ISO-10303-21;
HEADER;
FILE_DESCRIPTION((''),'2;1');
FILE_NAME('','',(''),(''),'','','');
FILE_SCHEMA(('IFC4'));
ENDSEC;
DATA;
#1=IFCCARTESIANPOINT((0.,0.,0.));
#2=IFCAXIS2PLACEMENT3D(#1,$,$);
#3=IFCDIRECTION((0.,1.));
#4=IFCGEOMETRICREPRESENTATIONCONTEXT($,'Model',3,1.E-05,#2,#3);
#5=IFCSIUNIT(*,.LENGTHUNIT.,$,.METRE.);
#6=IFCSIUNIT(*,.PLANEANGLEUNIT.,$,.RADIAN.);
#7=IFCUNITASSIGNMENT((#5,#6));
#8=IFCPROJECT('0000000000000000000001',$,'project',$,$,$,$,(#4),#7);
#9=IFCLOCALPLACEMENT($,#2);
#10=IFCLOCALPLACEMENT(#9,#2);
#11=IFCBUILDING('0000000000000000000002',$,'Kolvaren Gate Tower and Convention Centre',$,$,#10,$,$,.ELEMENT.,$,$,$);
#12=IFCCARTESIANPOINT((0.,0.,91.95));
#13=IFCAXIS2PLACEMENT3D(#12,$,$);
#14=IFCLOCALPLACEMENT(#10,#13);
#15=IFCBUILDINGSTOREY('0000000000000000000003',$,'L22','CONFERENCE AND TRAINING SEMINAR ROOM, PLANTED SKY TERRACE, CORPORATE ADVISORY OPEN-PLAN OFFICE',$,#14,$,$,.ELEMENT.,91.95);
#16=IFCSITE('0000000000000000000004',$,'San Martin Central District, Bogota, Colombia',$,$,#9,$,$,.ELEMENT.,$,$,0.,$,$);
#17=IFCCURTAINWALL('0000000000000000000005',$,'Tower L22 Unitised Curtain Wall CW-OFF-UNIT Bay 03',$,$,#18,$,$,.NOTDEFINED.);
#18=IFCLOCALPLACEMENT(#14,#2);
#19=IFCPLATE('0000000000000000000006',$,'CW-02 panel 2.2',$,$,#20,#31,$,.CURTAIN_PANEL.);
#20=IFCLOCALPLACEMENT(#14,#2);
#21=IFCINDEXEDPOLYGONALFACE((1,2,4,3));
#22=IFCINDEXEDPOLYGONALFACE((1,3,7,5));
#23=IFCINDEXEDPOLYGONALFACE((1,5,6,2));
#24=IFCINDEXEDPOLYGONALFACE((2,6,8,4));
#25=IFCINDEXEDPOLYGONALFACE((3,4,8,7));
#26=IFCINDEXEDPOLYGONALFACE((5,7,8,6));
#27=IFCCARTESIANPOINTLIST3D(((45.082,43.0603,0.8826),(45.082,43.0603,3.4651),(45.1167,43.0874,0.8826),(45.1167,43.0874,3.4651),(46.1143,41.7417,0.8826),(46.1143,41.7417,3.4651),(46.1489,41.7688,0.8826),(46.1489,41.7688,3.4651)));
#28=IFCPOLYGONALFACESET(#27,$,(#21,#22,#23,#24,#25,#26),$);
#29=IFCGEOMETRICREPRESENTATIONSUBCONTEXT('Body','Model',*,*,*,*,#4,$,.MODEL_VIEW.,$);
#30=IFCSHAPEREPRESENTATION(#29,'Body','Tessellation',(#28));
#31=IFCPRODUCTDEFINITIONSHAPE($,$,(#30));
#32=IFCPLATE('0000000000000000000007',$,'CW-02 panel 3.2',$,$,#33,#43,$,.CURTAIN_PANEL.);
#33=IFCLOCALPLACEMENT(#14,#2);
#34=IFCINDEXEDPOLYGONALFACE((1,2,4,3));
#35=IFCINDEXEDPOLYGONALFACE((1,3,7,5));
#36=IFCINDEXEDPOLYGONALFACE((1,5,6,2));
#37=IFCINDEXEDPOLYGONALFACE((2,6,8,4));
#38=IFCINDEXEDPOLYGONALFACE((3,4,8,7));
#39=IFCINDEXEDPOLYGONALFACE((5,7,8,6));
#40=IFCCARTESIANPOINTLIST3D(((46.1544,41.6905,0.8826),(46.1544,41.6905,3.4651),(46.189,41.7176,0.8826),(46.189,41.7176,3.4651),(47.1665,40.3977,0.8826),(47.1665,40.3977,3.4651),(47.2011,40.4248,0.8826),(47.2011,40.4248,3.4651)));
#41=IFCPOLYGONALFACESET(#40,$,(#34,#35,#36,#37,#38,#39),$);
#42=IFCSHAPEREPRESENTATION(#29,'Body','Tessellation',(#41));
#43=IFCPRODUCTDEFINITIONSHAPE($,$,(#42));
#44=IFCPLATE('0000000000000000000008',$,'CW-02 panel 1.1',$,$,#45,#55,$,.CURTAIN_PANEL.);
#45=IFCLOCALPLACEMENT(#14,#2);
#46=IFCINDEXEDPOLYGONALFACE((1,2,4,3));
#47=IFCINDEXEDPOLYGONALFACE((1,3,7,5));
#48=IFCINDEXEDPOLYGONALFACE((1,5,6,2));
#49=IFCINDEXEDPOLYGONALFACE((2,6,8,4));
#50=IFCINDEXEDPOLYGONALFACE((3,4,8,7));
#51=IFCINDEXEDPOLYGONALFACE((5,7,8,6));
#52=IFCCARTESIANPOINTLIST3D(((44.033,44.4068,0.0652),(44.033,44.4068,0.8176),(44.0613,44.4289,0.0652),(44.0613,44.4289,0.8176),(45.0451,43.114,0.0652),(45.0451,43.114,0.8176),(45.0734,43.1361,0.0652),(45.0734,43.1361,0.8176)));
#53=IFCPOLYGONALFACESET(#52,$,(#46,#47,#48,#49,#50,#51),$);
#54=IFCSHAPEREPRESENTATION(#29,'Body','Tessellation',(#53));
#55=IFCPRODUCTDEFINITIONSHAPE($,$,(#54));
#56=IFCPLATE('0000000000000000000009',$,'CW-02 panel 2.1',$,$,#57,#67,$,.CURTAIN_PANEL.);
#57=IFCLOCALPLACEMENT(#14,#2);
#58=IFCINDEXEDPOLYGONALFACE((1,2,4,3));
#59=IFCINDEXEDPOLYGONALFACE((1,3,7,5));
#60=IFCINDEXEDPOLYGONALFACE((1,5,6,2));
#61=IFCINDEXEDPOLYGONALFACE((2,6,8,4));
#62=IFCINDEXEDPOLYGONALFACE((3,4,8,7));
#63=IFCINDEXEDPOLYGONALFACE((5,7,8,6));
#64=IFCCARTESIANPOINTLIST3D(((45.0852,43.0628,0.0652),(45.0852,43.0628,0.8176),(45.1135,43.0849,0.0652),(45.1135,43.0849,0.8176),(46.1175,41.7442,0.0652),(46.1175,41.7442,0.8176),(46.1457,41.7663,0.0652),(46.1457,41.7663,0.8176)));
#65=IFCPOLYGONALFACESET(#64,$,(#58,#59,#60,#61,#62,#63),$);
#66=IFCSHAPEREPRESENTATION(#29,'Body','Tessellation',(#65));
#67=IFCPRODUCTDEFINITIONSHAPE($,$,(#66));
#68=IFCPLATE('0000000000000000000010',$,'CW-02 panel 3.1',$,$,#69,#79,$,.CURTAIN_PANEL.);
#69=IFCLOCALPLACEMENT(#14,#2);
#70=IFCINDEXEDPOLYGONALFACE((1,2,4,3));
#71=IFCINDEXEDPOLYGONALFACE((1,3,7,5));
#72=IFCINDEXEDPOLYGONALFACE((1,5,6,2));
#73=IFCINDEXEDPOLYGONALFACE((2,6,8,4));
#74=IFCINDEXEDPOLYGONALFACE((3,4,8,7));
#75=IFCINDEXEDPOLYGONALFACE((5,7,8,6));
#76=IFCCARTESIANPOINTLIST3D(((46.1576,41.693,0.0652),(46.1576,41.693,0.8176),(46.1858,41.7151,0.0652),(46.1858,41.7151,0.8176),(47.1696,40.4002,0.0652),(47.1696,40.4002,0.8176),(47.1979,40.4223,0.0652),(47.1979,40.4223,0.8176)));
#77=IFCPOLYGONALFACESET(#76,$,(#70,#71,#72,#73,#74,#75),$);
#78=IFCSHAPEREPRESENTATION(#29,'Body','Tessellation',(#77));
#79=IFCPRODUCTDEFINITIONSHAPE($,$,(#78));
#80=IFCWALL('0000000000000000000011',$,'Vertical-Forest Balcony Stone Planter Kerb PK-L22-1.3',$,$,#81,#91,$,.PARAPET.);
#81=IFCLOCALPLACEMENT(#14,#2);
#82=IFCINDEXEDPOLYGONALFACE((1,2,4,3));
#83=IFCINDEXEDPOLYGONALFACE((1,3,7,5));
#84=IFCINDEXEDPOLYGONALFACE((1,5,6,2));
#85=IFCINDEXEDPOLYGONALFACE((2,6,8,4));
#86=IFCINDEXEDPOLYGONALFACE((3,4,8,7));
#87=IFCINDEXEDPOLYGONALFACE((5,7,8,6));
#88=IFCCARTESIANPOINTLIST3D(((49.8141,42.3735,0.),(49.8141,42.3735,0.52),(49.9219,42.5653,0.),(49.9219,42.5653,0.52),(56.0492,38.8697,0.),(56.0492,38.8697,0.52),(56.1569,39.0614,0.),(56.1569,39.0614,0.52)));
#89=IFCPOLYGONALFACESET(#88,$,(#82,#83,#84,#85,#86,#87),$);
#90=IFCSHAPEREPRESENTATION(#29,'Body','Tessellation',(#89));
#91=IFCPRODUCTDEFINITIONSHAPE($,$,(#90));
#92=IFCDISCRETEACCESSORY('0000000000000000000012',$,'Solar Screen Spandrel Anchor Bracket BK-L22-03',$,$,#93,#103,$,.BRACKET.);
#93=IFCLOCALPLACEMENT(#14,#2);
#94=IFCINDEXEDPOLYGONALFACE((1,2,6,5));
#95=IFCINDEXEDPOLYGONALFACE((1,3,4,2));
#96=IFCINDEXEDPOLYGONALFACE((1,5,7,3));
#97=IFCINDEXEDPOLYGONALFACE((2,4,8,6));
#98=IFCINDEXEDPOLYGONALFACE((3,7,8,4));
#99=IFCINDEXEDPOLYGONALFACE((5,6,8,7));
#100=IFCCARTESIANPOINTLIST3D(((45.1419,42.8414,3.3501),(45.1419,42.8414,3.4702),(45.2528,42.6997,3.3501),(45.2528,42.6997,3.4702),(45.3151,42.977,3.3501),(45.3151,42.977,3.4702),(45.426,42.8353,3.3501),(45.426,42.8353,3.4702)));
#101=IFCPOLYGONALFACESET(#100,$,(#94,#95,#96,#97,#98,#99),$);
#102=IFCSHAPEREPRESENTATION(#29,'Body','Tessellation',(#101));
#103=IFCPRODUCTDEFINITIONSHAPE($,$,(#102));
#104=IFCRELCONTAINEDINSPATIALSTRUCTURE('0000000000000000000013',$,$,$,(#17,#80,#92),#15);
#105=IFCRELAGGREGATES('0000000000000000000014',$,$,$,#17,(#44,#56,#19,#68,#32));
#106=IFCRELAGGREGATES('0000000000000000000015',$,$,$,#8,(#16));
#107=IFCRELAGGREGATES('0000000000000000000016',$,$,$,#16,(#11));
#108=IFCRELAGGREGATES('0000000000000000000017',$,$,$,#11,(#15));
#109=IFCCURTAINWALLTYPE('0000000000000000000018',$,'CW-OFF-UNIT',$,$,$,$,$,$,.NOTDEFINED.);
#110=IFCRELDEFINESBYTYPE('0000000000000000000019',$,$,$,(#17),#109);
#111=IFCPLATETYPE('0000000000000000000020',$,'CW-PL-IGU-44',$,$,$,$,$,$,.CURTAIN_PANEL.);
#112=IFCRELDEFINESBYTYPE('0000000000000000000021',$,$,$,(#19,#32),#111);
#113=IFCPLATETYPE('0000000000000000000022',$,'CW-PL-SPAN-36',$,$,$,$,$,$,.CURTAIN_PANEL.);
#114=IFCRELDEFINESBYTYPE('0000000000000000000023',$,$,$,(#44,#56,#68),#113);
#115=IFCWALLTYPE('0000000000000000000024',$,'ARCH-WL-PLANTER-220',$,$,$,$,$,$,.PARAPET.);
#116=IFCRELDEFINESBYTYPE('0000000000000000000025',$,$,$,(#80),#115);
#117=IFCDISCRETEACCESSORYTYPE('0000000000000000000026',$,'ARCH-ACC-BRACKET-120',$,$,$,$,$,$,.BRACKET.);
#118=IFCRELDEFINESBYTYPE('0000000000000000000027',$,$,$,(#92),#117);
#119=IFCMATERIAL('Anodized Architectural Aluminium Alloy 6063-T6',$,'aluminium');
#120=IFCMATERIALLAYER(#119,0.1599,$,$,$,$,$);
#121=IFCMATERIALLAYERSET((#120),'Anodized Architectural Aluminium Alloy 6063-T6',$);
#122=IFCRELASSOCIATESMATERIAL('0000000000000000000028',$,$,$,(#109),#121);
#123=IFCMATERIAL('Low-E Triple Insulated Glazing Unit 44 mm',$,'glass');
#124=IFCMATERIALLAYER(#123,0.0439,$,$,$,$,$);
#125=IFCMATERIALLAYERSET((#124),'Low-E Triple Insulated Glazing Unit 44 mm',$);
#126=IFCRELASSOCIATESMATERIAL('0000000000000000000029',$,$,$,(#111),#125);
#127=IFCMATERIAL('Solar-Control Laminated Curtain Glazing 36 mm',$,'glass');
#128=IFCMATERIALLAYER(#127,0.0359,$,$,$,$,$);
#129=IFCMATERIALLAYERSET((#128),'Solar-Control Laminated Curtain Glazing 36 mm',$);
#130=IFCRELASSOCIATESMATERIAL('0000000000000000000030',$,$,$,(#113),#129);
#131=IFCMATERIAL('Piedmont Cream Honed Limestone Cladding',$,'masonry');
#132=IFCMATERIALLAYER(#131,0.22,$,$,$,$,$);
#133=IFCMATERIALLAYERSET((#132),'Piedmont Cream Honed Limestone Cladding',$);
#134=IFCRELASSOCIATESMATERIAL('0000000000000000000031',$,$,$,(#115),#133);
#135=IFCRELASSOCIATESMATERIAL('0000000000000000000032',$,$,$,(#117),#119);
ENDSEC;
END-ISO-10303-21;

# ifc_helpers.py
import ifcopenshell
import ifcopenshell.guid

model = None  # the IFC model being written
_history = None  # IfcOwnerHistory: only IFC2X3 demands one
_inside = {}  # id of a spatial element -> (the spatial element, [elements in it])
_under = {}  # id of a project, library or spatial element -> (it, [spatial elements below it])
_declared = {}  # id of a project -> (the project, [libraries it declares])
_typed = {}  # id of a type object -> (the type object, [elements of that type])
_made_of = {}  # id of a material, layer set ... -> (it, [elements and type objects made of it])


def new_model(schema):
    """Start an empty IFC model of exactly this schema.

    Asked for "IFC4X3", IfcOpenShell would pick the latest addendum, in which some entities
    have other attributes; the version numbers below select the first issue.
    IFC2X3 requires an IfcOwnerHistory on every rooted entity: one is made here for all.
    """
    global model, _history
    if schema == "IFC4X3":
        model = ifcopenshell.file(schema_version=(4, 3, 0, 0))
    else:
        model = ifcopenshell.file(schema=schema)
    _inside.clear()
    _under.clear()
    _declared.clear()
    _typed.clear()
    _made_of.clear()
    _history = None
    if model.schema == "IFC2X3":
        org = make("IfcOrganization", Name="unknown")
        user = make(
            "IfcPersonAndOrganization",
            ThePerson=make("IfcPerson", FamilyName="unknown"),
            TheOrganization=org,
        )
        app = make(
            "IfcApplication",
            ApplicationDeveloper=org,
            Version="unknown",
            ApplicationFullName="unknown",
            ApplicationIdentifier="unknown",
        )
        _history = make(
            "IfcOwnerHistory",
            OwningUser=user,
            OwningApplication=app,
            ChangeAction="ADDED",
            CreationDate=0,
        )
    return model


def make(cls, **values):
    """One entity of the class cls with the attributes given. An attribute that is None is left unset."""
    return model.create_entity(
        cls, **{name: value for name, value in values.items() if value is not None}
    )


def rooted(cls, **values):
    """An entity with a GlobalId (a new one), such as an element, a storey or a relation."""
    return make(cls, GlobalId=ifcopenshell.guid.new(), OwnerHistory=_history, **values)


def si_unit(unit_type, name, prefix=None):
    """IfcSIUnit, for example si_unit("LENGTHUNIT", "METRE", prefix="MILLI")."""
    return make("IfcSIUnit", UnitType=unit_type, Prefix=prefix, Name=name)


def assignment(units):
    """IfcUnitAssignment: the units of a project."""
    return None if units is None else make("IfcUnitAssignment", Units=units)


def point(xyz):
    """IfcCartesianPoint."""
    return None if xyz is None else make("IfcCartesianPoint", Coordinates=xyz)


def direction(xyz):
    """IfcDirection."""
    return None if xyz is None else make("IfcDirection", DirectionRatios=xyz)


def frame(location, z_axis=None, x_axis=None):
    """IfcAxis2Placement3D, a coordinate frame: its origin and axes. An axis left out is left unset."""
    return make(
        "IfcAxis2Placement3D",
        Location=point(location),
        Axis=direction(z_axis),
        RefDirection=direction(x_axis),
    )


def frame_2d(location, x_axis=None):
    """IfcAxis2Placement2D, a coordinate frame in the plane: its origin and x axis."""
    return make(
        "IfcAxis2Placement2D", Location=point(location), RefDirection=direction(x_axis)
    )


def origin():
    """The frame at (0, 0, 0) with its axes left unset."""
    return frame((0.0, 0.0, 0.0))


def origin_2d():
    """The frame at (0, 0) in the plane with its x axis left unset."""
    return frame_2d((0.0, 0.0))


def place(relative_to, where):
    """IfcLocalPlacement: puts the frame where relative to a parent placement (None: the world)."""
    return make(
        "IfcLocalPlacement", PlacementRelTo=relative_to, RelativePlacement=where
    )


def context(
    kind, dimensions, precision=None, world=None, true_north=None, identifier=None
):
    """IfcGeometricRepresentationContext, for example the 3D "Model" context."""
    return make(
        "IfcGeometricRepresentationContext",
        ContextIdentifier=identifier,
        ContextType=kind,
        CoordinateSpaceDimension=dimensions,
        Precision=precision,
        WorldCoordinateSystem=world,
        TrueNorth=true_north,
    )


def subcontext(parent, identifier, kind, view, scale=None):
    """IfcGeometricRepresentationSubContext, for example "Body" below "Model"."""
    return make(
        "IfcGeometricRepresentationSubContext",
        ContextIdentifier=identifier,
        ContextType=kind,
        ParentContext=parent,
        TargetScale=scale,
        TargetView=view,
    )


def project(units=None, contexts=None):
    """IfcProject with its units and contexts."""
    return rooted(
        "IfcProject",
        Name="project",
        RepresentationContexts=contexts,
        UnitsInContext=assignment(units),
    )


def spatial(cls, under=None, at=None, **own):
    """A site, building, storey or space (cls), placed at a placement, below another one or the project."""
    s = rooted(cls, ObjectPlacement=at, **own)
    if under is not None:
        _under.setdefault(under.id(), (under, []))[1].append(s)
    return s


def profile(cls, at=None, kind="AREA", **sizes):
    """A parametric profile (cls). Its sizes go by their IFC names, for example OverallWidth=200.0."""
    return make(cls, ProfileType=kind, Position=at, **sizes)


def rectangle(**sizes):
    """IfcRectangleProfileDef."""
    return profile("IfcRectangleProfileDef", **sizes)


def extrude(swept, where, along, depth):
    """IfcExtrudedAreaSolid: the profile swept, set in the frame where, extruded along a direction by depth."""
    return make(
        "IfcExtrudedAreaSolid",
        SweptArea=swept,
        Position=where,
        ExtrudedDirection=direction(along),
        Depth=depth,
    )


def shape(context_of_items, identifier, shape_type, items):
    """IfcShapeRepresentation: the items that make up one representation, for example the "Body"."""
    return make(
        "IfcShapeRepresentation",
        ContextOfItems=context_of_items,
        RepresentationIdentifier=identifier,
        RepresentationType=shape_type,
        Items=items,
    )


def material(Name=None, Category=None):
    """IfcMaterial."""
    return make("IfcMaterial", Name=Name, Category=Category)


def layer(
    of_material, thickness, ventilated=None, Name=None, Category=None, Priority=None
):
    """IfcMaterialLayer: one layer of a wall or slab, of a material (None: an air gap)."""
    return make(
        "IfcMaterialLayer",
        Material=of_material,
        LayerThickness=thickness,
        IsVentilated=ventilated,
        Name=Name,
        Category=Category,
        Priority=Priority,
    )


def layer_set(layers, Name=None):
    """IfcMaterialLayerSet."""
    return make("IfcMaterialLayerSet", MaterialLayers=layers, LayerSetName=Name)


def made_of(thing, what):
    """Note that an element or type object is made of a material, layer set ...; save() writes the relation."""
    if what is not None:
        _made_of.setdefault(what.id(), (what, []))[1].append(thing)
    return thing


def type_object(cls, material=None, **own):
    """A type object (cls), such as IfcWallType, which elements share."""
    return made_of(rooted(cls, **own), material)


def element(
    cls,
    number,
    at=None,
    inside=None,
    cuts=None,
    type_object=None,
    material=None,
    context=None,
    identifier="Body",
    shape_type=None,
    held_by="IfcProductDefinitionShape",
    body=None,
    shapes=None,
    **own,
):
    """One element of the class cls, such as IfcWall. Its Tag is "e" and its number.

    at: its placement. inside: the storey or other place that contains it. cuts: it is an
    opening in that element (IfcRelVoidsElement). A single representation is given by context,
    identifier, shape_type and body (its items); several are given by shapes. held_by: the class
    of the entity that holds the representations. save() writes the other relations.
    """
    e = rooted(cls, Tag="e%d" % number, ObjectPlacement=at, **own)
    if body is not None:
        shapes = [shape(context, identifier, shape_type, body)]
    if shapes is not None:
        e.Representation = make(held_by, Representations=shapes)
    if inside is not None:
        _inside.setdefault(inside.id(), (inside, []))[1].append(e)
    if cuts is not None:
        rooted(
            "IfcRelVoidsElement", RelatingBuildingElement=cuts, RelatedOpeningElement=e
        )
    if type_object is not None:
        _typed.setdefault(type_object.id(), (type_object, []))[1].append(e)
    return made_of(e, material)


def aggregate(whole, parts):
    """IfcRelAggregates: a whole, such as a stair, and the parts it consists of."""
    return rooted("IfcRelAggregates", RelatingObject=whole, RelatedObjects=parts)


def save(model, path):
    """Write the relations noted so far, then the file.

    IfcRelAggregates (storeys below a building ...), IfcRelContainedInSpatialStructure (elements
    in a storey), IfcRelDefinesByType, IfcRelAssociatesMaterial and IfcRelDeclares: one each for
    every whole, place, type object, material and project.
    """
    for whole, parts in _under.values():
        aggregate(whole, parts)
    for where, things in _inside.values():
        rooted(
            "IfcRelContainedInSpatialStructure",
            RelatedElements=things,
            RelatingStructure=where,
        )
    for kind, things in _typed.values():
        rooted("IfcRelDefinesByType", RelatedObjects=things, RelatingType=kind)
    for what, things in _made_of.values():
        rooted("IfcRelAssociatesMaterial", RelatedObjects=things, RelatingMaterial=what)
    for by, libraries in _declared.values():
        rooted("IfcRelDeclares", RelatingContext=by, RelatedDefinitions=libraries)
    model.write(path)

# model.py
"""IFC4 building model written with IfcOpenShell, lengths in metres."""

from ifc_helpers import new_model, si_unit, direction, frame, frame_2d, origin, origin_2d, place, context, subcontext, project, spatial, rectangle, extrude, material, layer, layer_set, type_object, element, aggregate, save


model = new_model("IFC4")

# Units and contexts
model_context = context("Model", 3, precision=1e-05, world=origin(), true_north=direction((0.0, 1.0)))
body_context = subcontext(model_context, "Body", "Model", "MODEL_VIEW")
ifc_project = project(units=[si_unit("LENGTHUNIT", "METRE"), si_unit("PLANEANGLEUNIT", "RADIAN")], contexts=[model_context])

# Site, building, storey
site_placement = place(None, origin())
site = spatial("IfcSite", under=ifc_project, at=site_placement, Name="San Martin Central District, Bogota, Colombia", CompositionType="ELEMENT", RefElevation=0.0)
building_placement = place(site_placement, origin())
building = spatial("IfcBuilding", under=site, at=building_placement, Name="Kolvaren Gate Tower and Convention Centre", CompositionType="ELEMENT")
storey_placement = place(building_placement, frame((0.0, 0.0, 91.95)))
storey = spatial("IfcBuildingStorey", under=building, at=storey_placement, Name="L22", Description="CONFERENCE AND TRAINING SEMINAR ROOM, PLANTED SKY TERRACE, CORPORATE ADVISORY OPEN-PLAN OFFICE", CompositionType="ELEMENT", Elevation=91.95)

# Curtain wall
ifc_material_1 = material(Name="Anodized Architectural Aluminium Alloy 6063-T6", Category="aluminium")
ifc_layer_1 = layer(ifc_material_1, 0.1599)
ifc_layer_set_1 = layer_set([ifc_layer_1], Name="Anodized Architectural Aluminium Alloy 6063-T6")
curtain_wall_type = type_object("IfcCurtainWallType", Name="CW-OFF-UNIT", PredefinedType="NOTDEFINED", material=ifc_layer_set_1)
curtain_wall_placement = place(storey_placement, origin())
curtain_wall = element("IfcCurtainWall", 1, at=curtain_wall_placement, inside=storey, type_object=curtain_wall_type, Name="Tower L22 Unitised Curtain Wall CW-OFF-UNIT Bay 03", PredefinedType="NOTDEFINED")

# Plates
ifc_material_2 = material(Name="Low-E Triple Insulated Glazing Unit 44 mm", Category="glass")
ifc_layer_2 = layer(ifc_material_2, 0.0439)
ifc_layer_set_2 = layer_set([ifc_layer_2], Name="Low-E Triple Insulated Glazing Unit 44 mm")
plate_type_1 = type_object("IfcPlateType", Name="CW-PL-IGU-44", PredefinedType="CURTAIN_PANEL", material=ifc_layer_set_2)
plate_1_placement = place(storey_placement, frame((45.6155, 42.4146, 0.8826), z_axis=(0.0, 0.0, 1.0), x_axis=(0.616434, -0.787406, 0.0)))
plate_1 = element("IfcPlate", 2, at=plate_1_placement, type_object=plate_type_1, Name="CW-02 panel 2.2", PredefinedType="CURTAIN_PANEL", context=body_context, shape_type="SweptSolid", body=[
    extrude(rectangle(XDim=1.6746, YDim=0.0439, at=origin_2d()), origin(), (0.0, 0.0, 1.0), 2.5825),
])
plate_2_placement = place(storey_placement, frame((46.6777, 41.0576, 0.8826), z_axis=(0.0, 0.0, 1.0), x_axis=(0.616434, -0.787406, 0.0)))
plate_2 = element("IfcPlate", 3, at=plate_2_placement, type_object=plate_type_1, Name="CW-02 panel 3.2", PredefinedType="CURTAIN_PANEL", context=body_context, shape_type="SweptSolid", body=[
    extrude(rectangle(XDim=1.6418, YDim=0.0439, at=origin_2d()), origin(), (0.0, 0.0, 1.0), 2.5825),
])
ifc_material_3 = material(Name="Solar-Control Laminated Curtain Glazing 36 mm", Category="glass")
ifc_layer_3 = layer(ifc_material_3, 0.0359)
ifc_layer_set_3 = layer_set([ifc_layer_3], Name="Solar-Control Laminated Curtain Glazing 36 mm")
plate_type_2 = type_object("IfcPlateType", Name="CW-PL-SPAN-36", PredefinedType="CURTAIN_PANEL", material=ifc_layer_set_3)
plate_3_placement = place(storey_placement, frame((44.5532, 43.7715, 0.0652), z_axis=(0.0, 0.0, 1.0), x_axis=(0.616434, -0.787406, 0.0)))
plate_3 = element("IfcPlate", 4, at=plate_3_placement, type_object=plate_type_2, Name="CW-02 panel 1.1", PredefinedType="CURTAIN_PANEL", context=body_context, shape_type="SweptSolid", body=[
    extrude(rectangle(XDim=1.6418, YDim=0.0359, at=origin_2d()), origin(), (0.0, 0.0, 1.0), 0.7524),
])
plate_4_placement = place(storey_placement, frame((45.6155, 42.4146, 0.0652), z_axis=(0.0, 0.0, 1.0), x_axis=(0.616434, -0.787406, 0.0)))
plate_4 = element("IfcPlate", 5, at=plate_4_placement, type_object=plate_type_2, Name="CW-02 panel 2.1", PredefinedType="CURTAIN_PANEL", context=body_context, shape_type="SweptSolid", body=[
    extrude(rectangle(XDim=1.6746, YDim=0.0359, at=origin_2d()), origin(), (0.0, 0.0, 1.0), 0.7524),
])
plate_5_placement = place(storey_placement, frame((46.6777, 41.0576, 0.0652), z_axis=(0.0, 0.0, 1.0), x_axis=(0.616434, -0.787406, 0.0)))
plate_5 = element("IfcPlate", 6, at=plate_5_placement, type_object=plate_type_2, Name="CW-02 panel 3.1", PredefinedType="CURTAIN_PANEL", context=body_context, shape_type="SweptSolid", body=[
    extrude(rectangle(XDim=1.6418, YDim=0.0359, at=origin_2d()), origin(), (0.0, 0.0, 1.0), 0.7524),
])
aggregate(curtain_wall, [plate_3, plate_4, plate_1, plate_5, plate_2])

# Wall
ifc_material_4 = material(Name="Piedmont Cream Honed Limestone Cladding", Category="masonry")
ifc_layer_4 = layer(ifc_material_4, 0.22)
ifc_layer_set_4 = layer_set([ifc_layer_4], Name="Piedmont Cream Honed Limestone Cladding")
wall_type = type_object("IfcWallType", Name="ARCH-WL-PLANTER-220", PredefinedType="PARAPET", material=ifc_layer_set_4)
wall_placement = place(storey_placement, frame((49.8679, 42.4695, 0.0), z_axis=(0.0, 0.0, 1.0), x_axis=(0.871775, -0.489906, 0.0)))
element("IfcWall", 7, at=wall_placement, inside=storey, type_object=wall_type, Name="Vertical-Forest Balcony Stone Planter Kerb PK-L22-1.3", PredefinedType="PARAPET", context=body_context, shape_type="SweptSolid", body=[
    extrude(rectangle(XDim=7.1521, YDim=0.22, at=frame_2d((3.5762, 0.0))), origin(), (0.0, 0.0, 1.0), 0.52),
])

# Discrete accessory
discrete_accessory_type = type_object("IfcDiscreteAccessoryType", Name="ARCH-ACC-BRACKET-120", PredefinedType="BRACKET", material=ifc_material_1)
discrete_accessory_placement = place(storey_placement, frame((45.2839, 42.8384, 3.3501), z_axis=(0.0, 0.0, 1.0), x_axis=(0.616431, -0.787409, 0.0)))
element("IfcDiscreteAccessory", 8, at=discrete_accessory_placement, inside=storey, type_object=discrete_accessory_type, Name="Solar Screen Spandrel Anchor Bracket BK-L22-03", PredefinedType="BRACKET", context=body_context, shape_type="SweptSolid", body=[
    extrude(rectangle(XDim=0.1799, YDim=0.22, at=origin_2d()), origin(), (0.0, 0.0, 1.0), 0.1201),
])

save(model, "model.ifc")
